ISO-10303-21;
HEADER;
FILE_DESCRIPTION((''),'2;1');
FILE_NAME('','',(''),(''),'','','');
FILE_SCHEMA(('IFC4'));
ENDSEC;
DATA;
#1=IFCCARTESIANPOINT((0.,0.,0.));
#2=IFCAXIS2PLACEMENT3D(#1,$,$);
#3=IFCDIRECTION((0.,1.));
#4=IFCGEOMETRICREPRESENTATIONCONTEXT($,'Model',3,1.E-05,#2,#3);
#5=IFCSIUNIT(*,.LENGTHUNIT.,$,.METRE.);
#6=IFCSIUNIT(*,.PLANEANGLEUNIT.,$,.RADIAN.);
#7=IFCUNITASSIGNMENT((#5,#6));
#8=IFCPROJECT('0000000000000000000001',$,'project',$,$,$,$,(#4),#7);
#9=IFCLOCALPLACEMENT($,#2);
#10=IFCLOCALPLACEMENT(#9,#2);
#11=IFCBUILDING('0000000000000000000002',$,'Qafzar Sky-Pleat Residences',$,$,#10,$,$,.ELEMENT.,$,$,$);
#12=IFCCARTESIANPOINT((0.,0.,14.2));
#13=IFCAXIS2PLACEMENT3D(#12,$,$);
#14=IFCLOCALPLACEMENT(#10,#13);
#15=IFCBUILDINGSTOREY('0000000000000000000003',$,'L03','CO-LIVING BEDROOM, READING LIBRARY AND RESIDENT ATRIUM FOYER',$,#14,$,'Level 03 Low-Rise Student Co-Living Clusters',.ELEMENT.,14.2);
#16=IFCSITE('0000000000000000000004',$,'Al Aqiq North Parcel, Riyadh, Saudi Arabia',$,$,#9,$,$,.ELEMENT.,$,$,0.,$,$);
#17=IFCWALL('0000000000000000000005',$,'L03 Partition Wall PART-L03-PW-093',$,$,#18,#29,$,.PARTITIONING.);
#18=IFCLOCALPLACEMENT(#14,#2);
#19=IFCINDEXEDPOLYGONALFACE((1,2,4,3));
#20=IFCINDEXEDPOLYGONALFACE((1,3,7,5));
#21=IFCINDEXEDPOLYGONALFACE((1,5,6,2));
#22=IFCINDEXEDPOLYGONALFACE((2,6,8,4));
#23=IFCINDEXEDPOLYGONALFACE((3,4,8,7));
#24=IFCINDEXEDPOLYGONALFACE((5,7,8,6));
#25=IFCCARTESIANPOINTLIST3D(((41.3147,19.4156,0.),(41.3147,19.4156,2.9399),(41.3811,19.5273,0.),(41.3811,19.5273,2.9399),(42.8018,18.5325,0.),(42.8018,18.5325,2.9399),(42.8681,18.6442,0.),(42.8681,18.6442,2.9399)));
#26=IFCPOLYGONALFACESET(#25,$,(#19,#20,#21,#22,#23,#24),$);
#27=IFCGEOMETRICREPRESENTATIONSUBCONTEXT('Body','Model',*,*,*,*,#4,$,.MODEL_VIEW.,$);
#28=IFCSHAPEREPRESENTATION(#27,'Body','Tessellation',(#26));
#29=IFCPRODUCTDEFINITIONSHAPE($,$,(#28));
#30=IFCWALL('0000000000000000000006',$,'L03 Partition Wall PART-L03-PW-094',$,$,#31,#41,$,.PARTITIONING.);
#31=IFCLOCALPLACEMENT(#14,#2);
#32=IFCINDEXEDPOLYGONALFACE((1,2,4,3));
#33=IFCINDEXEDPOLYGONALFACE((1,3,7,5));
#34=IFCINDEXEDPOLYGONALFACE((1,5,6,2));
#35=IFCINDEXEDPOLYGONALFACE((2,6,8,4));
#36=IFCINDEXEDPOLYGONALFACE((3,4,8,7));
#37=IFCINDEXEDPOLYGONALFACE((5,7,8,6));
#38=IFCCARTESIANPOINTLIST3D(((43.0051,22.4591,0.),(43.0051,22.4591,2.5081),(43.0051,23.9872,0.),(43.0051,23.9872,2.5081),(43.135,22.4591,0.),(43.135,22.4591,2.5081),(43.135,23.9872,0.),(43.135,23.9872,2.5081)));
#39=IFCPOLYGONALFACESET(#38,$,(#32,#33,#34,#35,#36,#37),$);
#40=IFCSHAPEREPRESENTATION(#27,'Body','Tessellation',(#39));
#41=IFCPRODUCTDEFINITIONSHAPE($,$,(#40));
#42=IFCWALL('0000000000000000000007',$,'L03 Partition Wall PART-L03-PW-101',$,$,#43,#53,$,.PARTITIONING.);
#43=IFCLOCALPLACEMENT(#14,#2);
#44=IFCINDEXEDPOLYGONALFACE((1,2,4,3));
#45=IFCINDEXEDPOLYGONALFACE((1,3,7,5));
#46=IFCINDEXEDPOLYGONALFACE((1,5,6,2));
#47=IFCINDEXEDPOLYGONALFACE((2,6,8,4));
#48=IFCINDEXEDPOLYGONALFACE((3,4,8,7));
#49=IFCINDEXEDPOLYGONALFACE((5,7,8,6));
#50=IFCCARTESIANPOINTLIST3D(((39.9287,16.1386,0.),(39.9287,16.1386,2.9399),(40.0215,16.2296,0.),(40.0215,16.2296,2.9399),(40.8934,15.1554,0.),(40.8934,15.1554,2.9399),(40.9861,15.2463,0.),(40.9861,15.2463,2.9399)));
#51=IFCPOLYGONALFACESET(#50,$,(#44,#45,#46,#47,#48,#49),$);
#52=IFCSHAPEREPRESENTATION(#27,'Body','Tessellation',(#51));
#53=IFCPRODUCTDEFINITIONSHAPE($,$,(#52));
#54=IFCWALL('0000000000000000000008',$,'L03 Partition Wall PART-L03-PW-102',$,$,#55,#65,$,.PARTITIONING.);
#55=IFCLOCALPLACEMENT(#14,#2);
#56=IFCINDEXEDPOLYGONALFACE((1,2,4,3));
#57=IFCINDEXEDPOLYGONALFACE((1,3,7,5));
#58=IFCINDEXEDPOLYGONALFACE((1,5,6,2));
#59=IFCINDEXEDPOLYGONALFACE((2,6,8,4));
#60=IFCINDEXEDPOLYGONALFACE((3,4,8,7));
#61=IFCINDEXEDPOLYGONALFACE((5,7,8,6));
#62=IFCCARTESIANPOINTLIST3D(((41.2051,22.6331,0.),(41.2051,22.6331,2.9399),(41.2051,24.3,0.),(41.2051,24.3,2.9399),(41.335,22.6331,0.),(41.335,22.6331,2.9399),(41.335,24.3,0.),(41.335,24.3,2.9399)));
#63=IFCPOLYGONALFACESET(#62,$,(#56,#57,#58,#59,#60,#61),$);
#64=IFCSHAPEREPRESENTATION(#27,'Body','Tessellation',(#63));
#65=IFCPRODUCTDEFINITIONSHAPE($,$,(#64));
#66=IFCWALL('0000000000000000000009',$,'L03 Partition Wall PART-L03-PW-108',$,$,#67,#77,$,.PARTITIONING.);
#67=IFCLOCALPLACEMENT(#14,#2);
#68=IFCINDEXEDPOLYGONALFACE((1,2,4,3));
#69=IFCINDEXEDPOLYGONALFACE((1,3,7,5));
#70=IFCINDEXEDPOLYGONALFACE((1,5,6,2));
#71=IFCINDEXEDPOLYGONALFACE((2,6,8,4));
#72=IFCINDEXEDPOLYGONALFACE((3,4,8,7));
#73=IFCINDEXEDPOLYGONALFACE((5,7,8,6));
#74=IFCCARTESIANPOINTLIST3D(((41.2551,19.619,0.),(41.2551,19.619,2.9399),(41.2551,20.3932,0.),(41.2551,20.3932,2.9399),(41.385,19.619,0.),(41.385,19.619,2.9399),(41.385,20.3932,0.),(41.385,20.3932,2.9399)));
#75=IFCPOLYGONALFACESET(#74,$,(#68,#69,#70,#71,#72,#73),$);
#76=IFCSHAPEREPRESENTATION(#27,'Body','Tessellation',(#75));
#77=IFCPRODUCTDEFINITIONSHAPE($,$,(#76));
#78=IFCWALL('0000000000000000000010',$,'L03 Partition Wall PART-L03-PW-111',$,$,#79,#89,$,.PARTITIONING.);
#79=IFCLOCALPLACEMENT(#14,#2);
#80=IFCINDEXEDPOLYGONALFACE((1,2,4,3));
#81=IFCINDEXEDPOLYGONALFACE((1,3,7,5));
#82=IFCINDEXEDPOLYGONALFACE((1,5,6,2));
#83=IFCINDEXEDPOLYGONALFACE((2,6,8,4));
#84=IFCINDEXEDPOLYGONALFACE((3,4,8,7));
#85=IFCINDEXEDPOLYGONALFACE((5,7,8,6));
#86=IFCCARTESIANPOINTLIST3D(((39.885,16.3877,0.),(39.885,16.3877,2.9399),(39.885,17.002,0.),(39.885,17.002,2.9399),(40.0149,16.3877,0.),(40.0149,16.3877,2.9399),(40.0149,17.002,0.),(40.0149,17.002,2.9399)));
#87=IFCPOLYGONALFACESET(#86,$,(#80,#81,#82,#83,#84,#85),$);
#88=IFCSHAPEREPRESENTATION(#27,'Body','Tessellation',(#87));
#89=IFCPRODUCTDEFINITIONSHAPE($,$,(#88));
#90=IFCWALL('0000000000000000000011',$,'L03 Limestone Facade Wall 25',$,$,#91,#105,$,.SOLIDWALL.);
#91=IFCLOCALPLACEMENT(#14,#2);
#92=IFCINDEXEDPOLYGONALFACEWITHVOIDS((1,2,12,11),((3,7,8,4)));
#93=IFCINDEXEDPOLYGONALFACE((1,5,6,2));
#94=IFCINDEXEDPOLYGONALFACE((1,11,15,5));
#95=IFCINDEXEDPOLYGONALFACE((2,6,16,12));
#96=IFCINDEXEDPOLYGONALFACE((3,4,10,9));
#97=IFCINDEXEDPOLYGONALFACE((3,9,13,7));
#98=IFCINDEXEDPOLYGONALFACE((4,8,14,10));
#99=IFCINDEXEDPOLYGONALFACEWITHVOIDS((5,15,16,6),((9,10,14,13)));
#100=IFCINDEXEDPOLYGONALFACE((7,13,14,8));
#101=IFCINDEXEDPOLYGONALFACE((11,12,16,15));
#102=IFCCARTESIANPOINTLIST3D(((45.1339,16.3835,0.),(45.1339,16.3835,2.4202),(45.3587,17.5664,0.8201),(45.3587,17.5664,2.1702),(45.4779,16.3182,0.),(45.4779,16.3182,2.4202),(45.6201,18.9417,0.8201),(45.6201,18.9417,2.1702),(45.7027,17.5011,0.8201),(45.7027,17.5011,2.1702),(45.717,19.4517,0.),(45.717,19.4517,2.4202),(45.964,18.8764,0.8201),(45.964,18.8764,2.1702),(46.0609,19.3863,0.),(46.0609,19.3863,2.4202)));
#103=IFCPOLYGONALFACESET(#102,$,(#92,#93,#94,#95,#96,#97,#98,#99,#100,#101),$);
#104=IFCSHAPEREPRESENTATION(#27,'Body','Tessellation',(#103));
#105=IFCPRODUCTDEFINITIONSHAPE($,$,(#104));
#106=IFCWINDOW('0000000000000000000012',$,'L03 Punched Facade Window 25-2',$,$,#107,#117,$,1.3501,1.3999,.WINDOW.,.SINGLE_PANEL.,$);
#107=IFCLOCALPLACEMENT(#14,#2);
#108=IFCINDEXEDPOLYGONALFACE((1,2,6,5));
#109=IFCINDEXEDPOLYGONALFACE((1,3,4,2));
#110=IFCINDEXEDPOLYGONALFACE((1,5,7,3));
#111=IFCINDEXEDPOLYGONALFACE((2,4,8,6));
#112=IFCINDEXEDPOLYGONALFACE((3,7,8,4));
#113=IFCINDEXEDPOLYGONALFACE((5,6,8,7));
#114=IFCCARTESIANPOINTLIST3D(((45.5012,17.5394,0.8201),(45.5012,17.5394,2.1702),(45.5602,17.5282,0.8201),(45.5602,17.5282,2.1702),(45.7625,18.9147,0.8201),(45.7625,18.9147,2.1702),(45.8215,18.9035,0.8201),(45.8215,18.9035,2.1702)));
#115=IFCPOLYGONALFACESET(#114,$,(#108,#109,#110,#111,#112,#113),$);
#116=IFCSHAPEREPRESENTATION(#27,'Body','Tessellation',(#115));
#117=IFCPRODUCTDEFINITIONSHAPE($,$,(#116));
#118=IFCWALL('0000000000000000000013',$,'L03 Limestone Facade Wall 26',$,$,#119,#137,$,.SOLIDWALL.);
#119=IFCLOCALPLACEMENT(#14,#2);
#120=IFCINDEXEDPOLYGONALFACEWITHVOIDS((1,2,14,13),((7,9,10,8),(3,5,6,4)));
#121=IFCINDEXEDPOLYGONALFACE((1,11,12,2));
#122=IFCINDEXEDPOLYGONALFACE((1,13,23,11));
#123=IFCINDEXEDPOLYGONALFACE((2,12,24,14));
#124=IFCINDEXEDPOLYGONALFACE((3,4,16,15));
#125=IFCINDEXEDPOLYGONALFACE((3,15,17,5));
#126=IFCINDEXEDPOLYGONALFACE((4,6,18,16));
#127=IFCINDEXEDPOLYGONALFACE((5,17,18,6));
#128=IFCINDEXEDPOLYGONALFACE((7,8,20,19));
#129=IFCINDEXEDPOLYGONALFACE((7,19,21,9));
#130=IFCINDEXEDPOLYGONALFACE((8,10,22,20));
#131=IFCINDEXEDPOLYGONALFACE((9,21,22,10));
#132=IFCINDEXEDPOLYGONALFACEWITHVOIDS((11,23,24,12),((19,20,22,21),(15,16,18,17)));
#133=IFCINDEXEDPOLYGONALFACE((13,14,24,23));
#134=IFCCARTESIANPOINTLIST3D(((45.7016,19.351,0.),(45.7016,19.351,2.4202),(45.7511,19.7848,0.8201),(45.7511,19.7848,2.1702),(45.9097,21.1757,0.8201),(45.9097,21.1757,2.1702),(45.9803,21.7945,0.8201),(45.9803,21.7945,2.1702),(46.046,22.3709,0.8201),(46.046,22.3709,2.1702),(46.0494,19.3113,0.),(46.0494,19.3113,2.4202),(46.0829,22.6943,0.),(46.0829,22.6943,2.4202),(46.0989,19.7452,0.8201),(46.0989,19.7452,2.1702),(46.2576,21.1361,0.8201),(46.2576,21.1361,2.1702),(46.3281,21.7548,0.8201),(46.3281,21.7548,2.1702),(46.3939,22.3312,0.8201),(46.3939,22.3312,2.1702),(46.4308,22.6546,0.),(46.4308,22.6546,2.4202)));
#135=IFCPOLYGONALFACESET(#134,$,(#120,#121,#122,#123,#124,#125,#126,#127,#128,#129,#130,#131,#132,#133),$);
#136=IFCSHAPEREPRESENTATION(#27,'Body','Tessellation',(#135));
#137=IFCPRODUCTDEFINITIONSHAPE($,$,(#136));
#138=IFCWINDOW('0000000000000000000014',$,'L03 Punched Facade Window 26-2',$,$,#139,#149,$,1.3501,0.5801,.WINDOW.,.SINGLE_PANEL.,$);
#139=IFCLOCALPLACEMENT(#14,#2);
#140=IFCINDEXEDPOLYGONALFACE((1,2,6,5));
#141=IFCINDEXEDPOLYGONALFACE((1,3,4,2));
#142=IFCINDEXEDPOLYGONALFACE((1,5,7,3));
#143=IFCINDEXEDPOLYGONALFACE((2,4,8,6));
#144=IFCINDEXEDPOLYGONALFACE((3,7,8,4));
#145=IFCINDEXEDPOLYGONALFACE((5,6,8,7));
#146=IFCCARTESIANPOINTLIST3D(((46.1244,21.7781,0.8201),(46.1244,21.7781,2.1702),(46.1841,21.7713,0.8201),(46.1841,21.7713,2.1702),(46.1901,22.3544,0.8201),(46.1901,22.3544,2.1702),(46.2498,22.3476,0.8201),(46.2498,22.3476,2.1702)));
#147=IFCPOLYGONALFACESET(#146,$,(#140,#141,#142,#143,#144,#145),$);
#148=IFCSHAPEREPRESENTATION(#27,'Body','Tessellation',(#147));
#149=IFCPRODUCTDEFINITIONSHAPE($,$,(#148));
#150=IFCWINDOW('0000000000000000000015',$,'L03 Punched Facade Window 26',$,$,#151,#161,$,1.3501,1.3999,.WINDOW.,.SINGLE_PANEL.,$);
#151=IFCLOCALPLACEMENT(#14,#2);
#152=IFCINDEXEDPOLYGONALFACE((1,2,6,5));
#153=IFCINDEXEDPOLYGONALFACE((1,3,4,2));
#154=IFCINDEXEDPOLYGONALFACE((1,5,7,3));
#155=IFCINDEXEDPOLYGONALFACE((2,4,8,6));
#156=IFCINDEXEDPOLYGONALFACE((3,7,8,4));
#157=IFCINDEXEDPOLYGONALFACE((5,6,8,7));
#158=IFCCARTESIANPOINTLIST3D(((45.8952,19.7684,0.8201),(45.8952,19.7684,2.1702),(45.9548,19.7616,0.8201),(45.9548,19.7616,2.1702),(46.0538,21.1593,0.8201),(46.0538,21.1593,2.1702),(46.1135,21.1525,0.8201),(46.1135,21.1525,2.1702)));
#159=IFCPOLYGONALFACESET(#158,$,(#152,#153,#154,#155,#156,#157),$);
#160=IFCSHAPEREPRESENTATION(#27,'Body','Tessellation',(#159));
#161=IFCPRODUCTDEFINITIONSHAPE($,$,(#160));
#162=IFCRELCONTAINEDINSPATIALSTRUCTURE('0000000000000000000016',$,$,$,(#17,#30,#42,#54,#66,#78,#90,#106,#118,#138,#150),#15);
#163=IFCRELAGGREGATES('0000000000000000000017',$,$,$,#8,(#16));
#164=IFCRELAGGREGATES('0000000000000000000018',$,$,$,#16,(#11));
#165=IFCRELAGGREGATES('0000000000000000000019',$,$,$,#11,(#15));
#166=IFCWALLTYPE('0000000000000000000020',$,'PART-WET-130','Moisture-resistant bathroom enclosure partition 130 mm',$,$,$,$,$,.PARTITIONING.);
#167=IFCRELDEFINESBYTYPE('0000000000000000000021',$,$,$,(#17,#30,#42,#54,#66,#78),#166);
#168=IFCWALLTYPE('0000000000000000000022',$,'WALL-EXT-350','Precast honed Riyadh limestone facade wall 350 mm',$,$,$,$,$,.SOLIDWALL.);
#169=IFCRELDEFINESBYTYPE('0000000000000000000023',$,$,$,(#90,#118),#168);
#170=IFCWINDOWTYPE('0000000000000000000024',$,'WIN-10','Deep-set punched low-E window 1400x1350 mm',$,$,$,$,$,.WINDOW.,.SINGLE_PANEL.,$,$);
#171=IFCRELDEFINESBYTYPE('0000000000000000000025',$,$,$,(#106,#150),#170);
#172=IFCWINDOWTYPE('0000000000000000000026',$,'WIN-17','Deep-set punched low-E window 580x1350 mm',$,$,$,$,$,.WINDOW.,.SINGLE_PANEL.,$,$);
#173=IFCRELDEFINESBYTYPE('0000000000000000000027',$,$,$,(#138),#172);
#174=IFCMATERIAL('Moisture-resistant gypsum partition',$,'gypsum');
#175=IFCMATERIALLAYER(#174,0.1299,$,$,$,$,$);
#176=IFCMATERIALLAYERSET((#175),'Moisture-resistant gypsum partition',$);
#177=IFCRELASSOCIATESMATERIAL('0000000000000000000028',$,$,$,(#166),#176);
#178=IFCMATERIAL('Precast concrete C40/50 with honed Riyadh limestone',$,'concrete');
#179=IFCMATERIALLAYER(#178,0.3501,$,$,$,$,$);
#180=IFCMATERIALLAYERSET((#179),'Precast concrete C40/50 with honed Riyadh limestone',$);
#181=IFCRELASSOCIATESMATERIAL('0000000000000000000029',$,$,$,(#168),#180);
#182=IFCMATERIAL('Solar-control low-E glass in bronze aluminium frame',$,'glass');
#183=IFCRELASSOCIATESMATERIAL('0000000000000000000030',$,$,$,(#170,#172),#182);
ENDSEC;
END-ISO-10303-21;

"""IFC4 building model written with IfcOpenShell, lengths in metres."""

from ifc_helpers import new_model, si_unit, direction, frame, frame_2d, origin, place, context, subcontext, project, spatial, rectangle, extrude, source, transform, mapped, material, layer, layer_set, type_object, element, fill, save


model = new_model("IFC4")

# Units and contexts
model_context = context("Model", 3, precision=1e-05, world=origin(), true_north=direction((0.0, 1.0)))
body_context = subcontext(model_context, "Body", "Model", "MODEL_VIEW")
ifc_project = project(units=[si_unit("LENGTHUNIT", "METRE"), si_unit("PLANEANGLEUNIT", "RADIAN")], contexts=[model_context])

# Site, building, storey
site_placement = place(None, origin())
site = spatial("IfcSite", under=ifc_project, at=site_placement, Name="Al Aqiq North Parcel, Riyadh, Saudi Arabia", CompositionType="ELEMENT", RefElevation=0.0)
building_placement = place(site_placement, origin())
building = spatial("IfcBuilding", under=site, at=building_placement, Name="Qafzar Sky-Pleat Residences", CompositionType="ELEMENT")
storey_placement = place(building_placement, frame((0.0, 0.0, 14.2)))
storey = spatial("IfcBuildingStorey", under=building, at=storey_placement, Name="L03", Description="CO-LIVING BEDROOM, READING LIBRARY AND RESIDENT ATRIUM FOYER", LongName="Level 03 Low-Rise Student Co-Living Clusters", CompositionType="ELEMENT", Elevation=14.2)

# Shared definitions
ifc_material_1 = material(Name="Moisture-resistant gypsum partition", Category="gypsum")
ifc_layer_1 = layer(ifc_material_1, 0.1299)
ifc_layer_set_1 = layer_set([ifc_layer_1], Name="Moisture-resistant gypsum partition")
wall_type_1 = type_object("IfcWallType", Name="PART-WET-130", Description="Moisture-resistant bathroom enclosure partition 130 mm", PredefinedType="PARTITIONING", material=ifc_layer_set_1)

# Walls
wall_1_placement = place(storey_placement, frame((41.3479, 19.4714, 0.0), z_axis=(0.0, 0.0, 1.0), x_axis=(0.859826, -0.510588, 0.0)))
element("IfcWall", 1, at=wall_1_placement, inside=storey, type_object=wall_type_1, Name="L03 Partition Wall PART-L03-PW-093", PredefinedType="PARTITIONING", context=body_context, shape_type="SweptSolid", body=[
    extrude(rectangle(XDim=1.7295, YDim=0.1299, at=frame_2d((0.8647, 0.0))), origin(), (0.0, 0.0, 1.0), 2.9399),
])
wall_2_placement = place(storey_placement, frame((43.0701, 22.459, 0.0), z_axis=(0.0, 0.0, 1.0), x_axis=(0.0, 1.0, 0.0)))
element("IfcWall", 2, at=wall_2_placement, inside=storey, type_object=wall_type_1, Name="L03 Partition Wall PART-L03-PW-094", PredefinedType="PARTITIONING", context=body_context, shape_type="SweptSolid", body=[
    extrude(rectangle(XDim=1.5281, YDim=0.1299, at=frame_2d((0.7642, 0.0))), origin(), (0.0, 0.0, 1.0), 2.5081),
])
wall_3_placement = place(storey_placement, frame((39.9751, 16.1841, 0.0), z_axis=(0.0, 0.0, 1.0), x_axis=(0.700339, -0.71381, 0.0)))
element("IfcWall", 3, at=wall_3_placement, inside=storey, type_object=wall_type_1, Name="L03 Partition Wall PART-L03-PW-101", PredefinedType="PARTITIONING", context=body_context, shape_type="SweptSolid", body=[
    extrude(rectangle(XDim=1.3774, YDim=0.1299, at=frame_2d((0.6887, 0.0))), origin(), (0.0, 0.0, 1.0), 2.9399),
])
wall_4_placement = place(storey_placement, frame((41.27, 22.6331, 0.0), z_axis=(0.0, 0.0, 1.0), x_axis=(0.0, 1.0, 0.0)))
element("IfcWall", 4, at=wall_4_placement, inside=storey, type_object=wall_type_1, Name="L03 Partition Wall PART-L03-PW-102", PredefinedType="PARTITIONING", context=body_context, shape_type="SweptSolid", body=[
    extrude(rectangle(XDim=1.667, YDim=0.1299, at=frame_2d((0.8335, 0.0))), origin(), (0.0, 0.0, 1.0), 2.9399),
])
wall_5_placement = place(storey_placement, frame((41.3201, 19.6189, 0.0), z_axis=(0.0, 0.0, 1.0), x_axis=(0.0, 1.0, 0.0)))
element("IfcWall", 5, at=wall_5_placement, inside=storey, type_object=wall_type_1, Name="L03 Partition Wall PART-L03-PW-108", PredefinedType="PARTITIONING", context=body_context, shape_type="SweptSolid", body=[
    extrude(rectangle(XDim=0.7742, YDim=0.1299, at=frame_2d((0.3872, 0.0))), origin(), (0.0, 0.0, 1.0), 2.9399),
])
wall_6_placement = place(storey_placement, frame((39.95, 16.3877, 0.0), z_axis=(0.0, 0.0, 1.0), x_axis=(0.0, 1.0, 0.0)))
element("IfcWall", 6, at=wall_6_placement, inside=storey, type_object=wall_type_1, Name="L03 Partition Wall PART-L03-PW-111", PredefinedType="PARTITIONING", context=body_context, shape_type="SweptSolid", body=[
    extrude(rectangle(XDim=0.6143, YDim=0.1299, at=frame_2d((0.3071, 0.0))), origin(), (0.0, 0.0, 1.0), 2.9399),
])

# Wall, opening, window
ifc_material_2 = material(Name="Precast concrete C40/50 with honed Riyadh limestone", Category="concrete")
ifc_layer_2 = layer(ifc_material_2, 0.3501)
ifc_layer_set_2 = layer_set([ifc_layer_2], Name="Precast concrete C40/50 with honed Riyadh limestone")
wall_type_2 = type_object("IfcWallType", Name="WALL-EXT-350", Description="Precast honed Riyadh limestone facade wall 350 mm", PredefinedType="SOLIDWALL", material=ifc_layer_set_2)
wall_7_placement = place(storey_placement, frame((45.3059, 16.3508, 0.0), z_axis=(0.0, 0.0, 1.0), x_axis=(0.186681, 0.982421, 0.0)))
wall_7 = element("IfcWall", 7, at=wall_7_placement, inside=storey, type_object=wall_type_2, Name="L03 Limestone Facade Wall 25", PredefinedType="SOLIDWALL", context=body_context, shape_type="SweptSolid", body=[
    extrude(rectangle(XDim=3.123, YDim=0.3501, at=frame_2d((1.5615, 0.0))), origin(), (0.0, 0.0, 1.0), 2.4202),
])
opening_1_placement = place(wall_7_placement, frame((1.2041, 0.0, 0.8201)))
opening_1 = element("IfcOpeningElement", 8, at=opening_1_placement, cuts=wall_7, PredefinedType="OPENING", context=body_context, shape_type="SweptSolid", body=[
    extrude(rectangle(XDim=1.3999, YDim=1.3501, at=frame_2d((0.7, 0.675))), frame((0.0, 0.1851, 0.0), z_axis=(0.0, -1.0, 0.0), x_axis=(1.0, 0.0, 0.0)), (0.0, 0.0, 1.0), 0.3701),
])
ifc_material_3 = material(Name="Solar-control low-E glass in bronze aluminium frame", Category="glass")
window_type_1 = type_object("IfcWindowType", Name="WIN-10", Description="Deep-set punched low-E window 1400x1350 mm", PartitioningType="SINGLE_PANEL", PredefinedType="WINDOW", material=ifc_material_3)
shared_shape_1 = source(origin(), body_context, "Body", "SweptSolid", [
    extrude(rectangle(XDim=1.3999, YDim=1.3501, at=frame_2d((0.7, 0.675))), frame((0.0, 0.03, 0.0), z_axis=(0.0, -1.0, 0.0), x_axis=(1.0, 0.0, 0.0)), (0.0, 0.0, 1.0), 0.0601),
])
window_1_placement = place(opening_1_placement, origin())
window_1 = element("IfcWindow", 9, at=window_1_placement, inside=storey, type_object=window_type_1, Name="L03 Punched Facade Window 25-2", OverallHeight=1.3501, OverallWidth=1.3999, PartitioningType="SINGLE_PANEL", PredefinedType="WINDOW", context=body_context, shape_type="MappedRepresentation", body=[
    mapped(shared_shape_1, transform((0.0, 0.0, 0.0), x_axis=(1.0, 0.0, 0.0), y_axis=(0.0, 1.0, 0.0), z_axis=(0.0, 0.0, 1.0), scale=1.0)),
])
fill(opening_1, window_1)

# Wall, openings, windows
wall_8_placement = place(storey_placement, frame((45.8755, 19.3311, 0.0), z_axis=(0.0, 0.0, 1.0), x_axis=(0.11333, 0.993557, 0.0)))
wall_8 = element("IfcWall", 10, at=wall_8_placement, inside=storey, type_object=wall_type_2, Name="L03 Limestone Facade Wall 26", PredefinedType="SOLIDWALL", context=body_context, shape_type="SweptSolid", body=[
    extrude(rectangle(XDim=3.365, YDim=0.3501, at=frame_2d((1.6826, 0.0))), origin(), (0.0, 0.0, 1.0), 2.4202),
])
opening_2_placement = place(wall_8_placement, frame((0.4368, 0.0, 0.8201)))
opening_2 = element("IfcOpeningElement", 11, at=opening_2_placement, cuts=wall_8, PredefinedType="OPENING", context=body_context, shape_type="SweptSolid", body=[
    extrude(rectangle(XDim=1.3999, YDim=1.3501, at=frame_2d((0.7, 0.675))), frame((0.0, 0.1851, 0.0), z_axis=(0.0, -1.0, 0.0), x_axis=(1.0, 0.0, 0.0)), (0.0, 0.0, 1.0), 0.3701),
])
opening_3_placement = place(wall_8_placement, frame((2.4595, 0.0, 0.8201)))
opening_3 = element("IfcOpeningElement", 12, at=opening_3_placement, cuts=wall_8, PredefinedType="OPENING", context=body_context, shape_type="SweptSolid", body=[
    extrude(rectangle(XDim=0.5801, YDim=1.3501, at=frame_2d((0.29, 0.675))), frame((0.0, 0.1851, 0.0), z_axis=(0.0, -1.0, 0.0), x_axis=(1.0, 0.0, 0.0)), (0.0, 0.0, 1.0), 0.3701),
])
window_type_2 = type_object("IfcWindowType", Name="WIN-17", Description="Deep-set punched low-E window 580x1350 mm", PartitioningType="SINGLE_PANEL", PredefinedType="WINDOW", material=ifc_material_3)
shared_shape_2 = source(origin(), body_context, "Body", "SweptSolid", [
    extrude(rectangle(XDim=0.5801, YDim=1.3501, at=frame_2d((0.29, 0.675))), frame((0.0, 0.03, 0.0), z_axis=(0.0, -1.0, 0.0), x_axis=(1.0, 0.0, 0.0)), (0.0, 0.0, 1.0), 0.0601),
])
window_2_placement = place(opening_3_placement, origin())
window_2 = element("IfcWindow", 13, at=window_2_placement, inside=storey, type_object=window_type_2, Name="L03 Punched Facade Window 26-2", OverallHeight=1.3501, OverallWidth=0.5801, PartitioningType="SINGLE_PANEL", PredefinedType="WINDOW", context=body_context, shape_type="MappedRepresentation", body=[
    mapped(shared_shape_2, transform((0.0, 0.0, 0.0), x_axis=(1.0, 0.0, 0.0), y_axis=(0.0, 1.0, 0.0), z_axis=(0.0, 0.0, 1.0), scale=1.0)),
])
fill(opening_3, window_2)
window_3_placement = place(opening_2_placement, origin())
window_3 = element("IfcWindow", 14, at=window_3_placement, inside=storey, type_object=window_type_1, Name="L03 Punched Facade Window 26", OverallHeight=1.3501, OverallWidth=1.3999, PartitioningType="SINGLE_PANEL", PredefinedType="WINDOW", context=body_context, shape_type="MappedRepresentation", body=[
    mapped(shared_shape_1, transform((0.0, 0.0, 0.0), x_axis=(1.0, 0.0, 0.0), y_axis=(0.0, 1.0, 0.0), z_axis=(0.0, 0.0, 1.0), scale=1.0)),
])
fill(opening_2, window_3)

save(model, "model.ifc")
